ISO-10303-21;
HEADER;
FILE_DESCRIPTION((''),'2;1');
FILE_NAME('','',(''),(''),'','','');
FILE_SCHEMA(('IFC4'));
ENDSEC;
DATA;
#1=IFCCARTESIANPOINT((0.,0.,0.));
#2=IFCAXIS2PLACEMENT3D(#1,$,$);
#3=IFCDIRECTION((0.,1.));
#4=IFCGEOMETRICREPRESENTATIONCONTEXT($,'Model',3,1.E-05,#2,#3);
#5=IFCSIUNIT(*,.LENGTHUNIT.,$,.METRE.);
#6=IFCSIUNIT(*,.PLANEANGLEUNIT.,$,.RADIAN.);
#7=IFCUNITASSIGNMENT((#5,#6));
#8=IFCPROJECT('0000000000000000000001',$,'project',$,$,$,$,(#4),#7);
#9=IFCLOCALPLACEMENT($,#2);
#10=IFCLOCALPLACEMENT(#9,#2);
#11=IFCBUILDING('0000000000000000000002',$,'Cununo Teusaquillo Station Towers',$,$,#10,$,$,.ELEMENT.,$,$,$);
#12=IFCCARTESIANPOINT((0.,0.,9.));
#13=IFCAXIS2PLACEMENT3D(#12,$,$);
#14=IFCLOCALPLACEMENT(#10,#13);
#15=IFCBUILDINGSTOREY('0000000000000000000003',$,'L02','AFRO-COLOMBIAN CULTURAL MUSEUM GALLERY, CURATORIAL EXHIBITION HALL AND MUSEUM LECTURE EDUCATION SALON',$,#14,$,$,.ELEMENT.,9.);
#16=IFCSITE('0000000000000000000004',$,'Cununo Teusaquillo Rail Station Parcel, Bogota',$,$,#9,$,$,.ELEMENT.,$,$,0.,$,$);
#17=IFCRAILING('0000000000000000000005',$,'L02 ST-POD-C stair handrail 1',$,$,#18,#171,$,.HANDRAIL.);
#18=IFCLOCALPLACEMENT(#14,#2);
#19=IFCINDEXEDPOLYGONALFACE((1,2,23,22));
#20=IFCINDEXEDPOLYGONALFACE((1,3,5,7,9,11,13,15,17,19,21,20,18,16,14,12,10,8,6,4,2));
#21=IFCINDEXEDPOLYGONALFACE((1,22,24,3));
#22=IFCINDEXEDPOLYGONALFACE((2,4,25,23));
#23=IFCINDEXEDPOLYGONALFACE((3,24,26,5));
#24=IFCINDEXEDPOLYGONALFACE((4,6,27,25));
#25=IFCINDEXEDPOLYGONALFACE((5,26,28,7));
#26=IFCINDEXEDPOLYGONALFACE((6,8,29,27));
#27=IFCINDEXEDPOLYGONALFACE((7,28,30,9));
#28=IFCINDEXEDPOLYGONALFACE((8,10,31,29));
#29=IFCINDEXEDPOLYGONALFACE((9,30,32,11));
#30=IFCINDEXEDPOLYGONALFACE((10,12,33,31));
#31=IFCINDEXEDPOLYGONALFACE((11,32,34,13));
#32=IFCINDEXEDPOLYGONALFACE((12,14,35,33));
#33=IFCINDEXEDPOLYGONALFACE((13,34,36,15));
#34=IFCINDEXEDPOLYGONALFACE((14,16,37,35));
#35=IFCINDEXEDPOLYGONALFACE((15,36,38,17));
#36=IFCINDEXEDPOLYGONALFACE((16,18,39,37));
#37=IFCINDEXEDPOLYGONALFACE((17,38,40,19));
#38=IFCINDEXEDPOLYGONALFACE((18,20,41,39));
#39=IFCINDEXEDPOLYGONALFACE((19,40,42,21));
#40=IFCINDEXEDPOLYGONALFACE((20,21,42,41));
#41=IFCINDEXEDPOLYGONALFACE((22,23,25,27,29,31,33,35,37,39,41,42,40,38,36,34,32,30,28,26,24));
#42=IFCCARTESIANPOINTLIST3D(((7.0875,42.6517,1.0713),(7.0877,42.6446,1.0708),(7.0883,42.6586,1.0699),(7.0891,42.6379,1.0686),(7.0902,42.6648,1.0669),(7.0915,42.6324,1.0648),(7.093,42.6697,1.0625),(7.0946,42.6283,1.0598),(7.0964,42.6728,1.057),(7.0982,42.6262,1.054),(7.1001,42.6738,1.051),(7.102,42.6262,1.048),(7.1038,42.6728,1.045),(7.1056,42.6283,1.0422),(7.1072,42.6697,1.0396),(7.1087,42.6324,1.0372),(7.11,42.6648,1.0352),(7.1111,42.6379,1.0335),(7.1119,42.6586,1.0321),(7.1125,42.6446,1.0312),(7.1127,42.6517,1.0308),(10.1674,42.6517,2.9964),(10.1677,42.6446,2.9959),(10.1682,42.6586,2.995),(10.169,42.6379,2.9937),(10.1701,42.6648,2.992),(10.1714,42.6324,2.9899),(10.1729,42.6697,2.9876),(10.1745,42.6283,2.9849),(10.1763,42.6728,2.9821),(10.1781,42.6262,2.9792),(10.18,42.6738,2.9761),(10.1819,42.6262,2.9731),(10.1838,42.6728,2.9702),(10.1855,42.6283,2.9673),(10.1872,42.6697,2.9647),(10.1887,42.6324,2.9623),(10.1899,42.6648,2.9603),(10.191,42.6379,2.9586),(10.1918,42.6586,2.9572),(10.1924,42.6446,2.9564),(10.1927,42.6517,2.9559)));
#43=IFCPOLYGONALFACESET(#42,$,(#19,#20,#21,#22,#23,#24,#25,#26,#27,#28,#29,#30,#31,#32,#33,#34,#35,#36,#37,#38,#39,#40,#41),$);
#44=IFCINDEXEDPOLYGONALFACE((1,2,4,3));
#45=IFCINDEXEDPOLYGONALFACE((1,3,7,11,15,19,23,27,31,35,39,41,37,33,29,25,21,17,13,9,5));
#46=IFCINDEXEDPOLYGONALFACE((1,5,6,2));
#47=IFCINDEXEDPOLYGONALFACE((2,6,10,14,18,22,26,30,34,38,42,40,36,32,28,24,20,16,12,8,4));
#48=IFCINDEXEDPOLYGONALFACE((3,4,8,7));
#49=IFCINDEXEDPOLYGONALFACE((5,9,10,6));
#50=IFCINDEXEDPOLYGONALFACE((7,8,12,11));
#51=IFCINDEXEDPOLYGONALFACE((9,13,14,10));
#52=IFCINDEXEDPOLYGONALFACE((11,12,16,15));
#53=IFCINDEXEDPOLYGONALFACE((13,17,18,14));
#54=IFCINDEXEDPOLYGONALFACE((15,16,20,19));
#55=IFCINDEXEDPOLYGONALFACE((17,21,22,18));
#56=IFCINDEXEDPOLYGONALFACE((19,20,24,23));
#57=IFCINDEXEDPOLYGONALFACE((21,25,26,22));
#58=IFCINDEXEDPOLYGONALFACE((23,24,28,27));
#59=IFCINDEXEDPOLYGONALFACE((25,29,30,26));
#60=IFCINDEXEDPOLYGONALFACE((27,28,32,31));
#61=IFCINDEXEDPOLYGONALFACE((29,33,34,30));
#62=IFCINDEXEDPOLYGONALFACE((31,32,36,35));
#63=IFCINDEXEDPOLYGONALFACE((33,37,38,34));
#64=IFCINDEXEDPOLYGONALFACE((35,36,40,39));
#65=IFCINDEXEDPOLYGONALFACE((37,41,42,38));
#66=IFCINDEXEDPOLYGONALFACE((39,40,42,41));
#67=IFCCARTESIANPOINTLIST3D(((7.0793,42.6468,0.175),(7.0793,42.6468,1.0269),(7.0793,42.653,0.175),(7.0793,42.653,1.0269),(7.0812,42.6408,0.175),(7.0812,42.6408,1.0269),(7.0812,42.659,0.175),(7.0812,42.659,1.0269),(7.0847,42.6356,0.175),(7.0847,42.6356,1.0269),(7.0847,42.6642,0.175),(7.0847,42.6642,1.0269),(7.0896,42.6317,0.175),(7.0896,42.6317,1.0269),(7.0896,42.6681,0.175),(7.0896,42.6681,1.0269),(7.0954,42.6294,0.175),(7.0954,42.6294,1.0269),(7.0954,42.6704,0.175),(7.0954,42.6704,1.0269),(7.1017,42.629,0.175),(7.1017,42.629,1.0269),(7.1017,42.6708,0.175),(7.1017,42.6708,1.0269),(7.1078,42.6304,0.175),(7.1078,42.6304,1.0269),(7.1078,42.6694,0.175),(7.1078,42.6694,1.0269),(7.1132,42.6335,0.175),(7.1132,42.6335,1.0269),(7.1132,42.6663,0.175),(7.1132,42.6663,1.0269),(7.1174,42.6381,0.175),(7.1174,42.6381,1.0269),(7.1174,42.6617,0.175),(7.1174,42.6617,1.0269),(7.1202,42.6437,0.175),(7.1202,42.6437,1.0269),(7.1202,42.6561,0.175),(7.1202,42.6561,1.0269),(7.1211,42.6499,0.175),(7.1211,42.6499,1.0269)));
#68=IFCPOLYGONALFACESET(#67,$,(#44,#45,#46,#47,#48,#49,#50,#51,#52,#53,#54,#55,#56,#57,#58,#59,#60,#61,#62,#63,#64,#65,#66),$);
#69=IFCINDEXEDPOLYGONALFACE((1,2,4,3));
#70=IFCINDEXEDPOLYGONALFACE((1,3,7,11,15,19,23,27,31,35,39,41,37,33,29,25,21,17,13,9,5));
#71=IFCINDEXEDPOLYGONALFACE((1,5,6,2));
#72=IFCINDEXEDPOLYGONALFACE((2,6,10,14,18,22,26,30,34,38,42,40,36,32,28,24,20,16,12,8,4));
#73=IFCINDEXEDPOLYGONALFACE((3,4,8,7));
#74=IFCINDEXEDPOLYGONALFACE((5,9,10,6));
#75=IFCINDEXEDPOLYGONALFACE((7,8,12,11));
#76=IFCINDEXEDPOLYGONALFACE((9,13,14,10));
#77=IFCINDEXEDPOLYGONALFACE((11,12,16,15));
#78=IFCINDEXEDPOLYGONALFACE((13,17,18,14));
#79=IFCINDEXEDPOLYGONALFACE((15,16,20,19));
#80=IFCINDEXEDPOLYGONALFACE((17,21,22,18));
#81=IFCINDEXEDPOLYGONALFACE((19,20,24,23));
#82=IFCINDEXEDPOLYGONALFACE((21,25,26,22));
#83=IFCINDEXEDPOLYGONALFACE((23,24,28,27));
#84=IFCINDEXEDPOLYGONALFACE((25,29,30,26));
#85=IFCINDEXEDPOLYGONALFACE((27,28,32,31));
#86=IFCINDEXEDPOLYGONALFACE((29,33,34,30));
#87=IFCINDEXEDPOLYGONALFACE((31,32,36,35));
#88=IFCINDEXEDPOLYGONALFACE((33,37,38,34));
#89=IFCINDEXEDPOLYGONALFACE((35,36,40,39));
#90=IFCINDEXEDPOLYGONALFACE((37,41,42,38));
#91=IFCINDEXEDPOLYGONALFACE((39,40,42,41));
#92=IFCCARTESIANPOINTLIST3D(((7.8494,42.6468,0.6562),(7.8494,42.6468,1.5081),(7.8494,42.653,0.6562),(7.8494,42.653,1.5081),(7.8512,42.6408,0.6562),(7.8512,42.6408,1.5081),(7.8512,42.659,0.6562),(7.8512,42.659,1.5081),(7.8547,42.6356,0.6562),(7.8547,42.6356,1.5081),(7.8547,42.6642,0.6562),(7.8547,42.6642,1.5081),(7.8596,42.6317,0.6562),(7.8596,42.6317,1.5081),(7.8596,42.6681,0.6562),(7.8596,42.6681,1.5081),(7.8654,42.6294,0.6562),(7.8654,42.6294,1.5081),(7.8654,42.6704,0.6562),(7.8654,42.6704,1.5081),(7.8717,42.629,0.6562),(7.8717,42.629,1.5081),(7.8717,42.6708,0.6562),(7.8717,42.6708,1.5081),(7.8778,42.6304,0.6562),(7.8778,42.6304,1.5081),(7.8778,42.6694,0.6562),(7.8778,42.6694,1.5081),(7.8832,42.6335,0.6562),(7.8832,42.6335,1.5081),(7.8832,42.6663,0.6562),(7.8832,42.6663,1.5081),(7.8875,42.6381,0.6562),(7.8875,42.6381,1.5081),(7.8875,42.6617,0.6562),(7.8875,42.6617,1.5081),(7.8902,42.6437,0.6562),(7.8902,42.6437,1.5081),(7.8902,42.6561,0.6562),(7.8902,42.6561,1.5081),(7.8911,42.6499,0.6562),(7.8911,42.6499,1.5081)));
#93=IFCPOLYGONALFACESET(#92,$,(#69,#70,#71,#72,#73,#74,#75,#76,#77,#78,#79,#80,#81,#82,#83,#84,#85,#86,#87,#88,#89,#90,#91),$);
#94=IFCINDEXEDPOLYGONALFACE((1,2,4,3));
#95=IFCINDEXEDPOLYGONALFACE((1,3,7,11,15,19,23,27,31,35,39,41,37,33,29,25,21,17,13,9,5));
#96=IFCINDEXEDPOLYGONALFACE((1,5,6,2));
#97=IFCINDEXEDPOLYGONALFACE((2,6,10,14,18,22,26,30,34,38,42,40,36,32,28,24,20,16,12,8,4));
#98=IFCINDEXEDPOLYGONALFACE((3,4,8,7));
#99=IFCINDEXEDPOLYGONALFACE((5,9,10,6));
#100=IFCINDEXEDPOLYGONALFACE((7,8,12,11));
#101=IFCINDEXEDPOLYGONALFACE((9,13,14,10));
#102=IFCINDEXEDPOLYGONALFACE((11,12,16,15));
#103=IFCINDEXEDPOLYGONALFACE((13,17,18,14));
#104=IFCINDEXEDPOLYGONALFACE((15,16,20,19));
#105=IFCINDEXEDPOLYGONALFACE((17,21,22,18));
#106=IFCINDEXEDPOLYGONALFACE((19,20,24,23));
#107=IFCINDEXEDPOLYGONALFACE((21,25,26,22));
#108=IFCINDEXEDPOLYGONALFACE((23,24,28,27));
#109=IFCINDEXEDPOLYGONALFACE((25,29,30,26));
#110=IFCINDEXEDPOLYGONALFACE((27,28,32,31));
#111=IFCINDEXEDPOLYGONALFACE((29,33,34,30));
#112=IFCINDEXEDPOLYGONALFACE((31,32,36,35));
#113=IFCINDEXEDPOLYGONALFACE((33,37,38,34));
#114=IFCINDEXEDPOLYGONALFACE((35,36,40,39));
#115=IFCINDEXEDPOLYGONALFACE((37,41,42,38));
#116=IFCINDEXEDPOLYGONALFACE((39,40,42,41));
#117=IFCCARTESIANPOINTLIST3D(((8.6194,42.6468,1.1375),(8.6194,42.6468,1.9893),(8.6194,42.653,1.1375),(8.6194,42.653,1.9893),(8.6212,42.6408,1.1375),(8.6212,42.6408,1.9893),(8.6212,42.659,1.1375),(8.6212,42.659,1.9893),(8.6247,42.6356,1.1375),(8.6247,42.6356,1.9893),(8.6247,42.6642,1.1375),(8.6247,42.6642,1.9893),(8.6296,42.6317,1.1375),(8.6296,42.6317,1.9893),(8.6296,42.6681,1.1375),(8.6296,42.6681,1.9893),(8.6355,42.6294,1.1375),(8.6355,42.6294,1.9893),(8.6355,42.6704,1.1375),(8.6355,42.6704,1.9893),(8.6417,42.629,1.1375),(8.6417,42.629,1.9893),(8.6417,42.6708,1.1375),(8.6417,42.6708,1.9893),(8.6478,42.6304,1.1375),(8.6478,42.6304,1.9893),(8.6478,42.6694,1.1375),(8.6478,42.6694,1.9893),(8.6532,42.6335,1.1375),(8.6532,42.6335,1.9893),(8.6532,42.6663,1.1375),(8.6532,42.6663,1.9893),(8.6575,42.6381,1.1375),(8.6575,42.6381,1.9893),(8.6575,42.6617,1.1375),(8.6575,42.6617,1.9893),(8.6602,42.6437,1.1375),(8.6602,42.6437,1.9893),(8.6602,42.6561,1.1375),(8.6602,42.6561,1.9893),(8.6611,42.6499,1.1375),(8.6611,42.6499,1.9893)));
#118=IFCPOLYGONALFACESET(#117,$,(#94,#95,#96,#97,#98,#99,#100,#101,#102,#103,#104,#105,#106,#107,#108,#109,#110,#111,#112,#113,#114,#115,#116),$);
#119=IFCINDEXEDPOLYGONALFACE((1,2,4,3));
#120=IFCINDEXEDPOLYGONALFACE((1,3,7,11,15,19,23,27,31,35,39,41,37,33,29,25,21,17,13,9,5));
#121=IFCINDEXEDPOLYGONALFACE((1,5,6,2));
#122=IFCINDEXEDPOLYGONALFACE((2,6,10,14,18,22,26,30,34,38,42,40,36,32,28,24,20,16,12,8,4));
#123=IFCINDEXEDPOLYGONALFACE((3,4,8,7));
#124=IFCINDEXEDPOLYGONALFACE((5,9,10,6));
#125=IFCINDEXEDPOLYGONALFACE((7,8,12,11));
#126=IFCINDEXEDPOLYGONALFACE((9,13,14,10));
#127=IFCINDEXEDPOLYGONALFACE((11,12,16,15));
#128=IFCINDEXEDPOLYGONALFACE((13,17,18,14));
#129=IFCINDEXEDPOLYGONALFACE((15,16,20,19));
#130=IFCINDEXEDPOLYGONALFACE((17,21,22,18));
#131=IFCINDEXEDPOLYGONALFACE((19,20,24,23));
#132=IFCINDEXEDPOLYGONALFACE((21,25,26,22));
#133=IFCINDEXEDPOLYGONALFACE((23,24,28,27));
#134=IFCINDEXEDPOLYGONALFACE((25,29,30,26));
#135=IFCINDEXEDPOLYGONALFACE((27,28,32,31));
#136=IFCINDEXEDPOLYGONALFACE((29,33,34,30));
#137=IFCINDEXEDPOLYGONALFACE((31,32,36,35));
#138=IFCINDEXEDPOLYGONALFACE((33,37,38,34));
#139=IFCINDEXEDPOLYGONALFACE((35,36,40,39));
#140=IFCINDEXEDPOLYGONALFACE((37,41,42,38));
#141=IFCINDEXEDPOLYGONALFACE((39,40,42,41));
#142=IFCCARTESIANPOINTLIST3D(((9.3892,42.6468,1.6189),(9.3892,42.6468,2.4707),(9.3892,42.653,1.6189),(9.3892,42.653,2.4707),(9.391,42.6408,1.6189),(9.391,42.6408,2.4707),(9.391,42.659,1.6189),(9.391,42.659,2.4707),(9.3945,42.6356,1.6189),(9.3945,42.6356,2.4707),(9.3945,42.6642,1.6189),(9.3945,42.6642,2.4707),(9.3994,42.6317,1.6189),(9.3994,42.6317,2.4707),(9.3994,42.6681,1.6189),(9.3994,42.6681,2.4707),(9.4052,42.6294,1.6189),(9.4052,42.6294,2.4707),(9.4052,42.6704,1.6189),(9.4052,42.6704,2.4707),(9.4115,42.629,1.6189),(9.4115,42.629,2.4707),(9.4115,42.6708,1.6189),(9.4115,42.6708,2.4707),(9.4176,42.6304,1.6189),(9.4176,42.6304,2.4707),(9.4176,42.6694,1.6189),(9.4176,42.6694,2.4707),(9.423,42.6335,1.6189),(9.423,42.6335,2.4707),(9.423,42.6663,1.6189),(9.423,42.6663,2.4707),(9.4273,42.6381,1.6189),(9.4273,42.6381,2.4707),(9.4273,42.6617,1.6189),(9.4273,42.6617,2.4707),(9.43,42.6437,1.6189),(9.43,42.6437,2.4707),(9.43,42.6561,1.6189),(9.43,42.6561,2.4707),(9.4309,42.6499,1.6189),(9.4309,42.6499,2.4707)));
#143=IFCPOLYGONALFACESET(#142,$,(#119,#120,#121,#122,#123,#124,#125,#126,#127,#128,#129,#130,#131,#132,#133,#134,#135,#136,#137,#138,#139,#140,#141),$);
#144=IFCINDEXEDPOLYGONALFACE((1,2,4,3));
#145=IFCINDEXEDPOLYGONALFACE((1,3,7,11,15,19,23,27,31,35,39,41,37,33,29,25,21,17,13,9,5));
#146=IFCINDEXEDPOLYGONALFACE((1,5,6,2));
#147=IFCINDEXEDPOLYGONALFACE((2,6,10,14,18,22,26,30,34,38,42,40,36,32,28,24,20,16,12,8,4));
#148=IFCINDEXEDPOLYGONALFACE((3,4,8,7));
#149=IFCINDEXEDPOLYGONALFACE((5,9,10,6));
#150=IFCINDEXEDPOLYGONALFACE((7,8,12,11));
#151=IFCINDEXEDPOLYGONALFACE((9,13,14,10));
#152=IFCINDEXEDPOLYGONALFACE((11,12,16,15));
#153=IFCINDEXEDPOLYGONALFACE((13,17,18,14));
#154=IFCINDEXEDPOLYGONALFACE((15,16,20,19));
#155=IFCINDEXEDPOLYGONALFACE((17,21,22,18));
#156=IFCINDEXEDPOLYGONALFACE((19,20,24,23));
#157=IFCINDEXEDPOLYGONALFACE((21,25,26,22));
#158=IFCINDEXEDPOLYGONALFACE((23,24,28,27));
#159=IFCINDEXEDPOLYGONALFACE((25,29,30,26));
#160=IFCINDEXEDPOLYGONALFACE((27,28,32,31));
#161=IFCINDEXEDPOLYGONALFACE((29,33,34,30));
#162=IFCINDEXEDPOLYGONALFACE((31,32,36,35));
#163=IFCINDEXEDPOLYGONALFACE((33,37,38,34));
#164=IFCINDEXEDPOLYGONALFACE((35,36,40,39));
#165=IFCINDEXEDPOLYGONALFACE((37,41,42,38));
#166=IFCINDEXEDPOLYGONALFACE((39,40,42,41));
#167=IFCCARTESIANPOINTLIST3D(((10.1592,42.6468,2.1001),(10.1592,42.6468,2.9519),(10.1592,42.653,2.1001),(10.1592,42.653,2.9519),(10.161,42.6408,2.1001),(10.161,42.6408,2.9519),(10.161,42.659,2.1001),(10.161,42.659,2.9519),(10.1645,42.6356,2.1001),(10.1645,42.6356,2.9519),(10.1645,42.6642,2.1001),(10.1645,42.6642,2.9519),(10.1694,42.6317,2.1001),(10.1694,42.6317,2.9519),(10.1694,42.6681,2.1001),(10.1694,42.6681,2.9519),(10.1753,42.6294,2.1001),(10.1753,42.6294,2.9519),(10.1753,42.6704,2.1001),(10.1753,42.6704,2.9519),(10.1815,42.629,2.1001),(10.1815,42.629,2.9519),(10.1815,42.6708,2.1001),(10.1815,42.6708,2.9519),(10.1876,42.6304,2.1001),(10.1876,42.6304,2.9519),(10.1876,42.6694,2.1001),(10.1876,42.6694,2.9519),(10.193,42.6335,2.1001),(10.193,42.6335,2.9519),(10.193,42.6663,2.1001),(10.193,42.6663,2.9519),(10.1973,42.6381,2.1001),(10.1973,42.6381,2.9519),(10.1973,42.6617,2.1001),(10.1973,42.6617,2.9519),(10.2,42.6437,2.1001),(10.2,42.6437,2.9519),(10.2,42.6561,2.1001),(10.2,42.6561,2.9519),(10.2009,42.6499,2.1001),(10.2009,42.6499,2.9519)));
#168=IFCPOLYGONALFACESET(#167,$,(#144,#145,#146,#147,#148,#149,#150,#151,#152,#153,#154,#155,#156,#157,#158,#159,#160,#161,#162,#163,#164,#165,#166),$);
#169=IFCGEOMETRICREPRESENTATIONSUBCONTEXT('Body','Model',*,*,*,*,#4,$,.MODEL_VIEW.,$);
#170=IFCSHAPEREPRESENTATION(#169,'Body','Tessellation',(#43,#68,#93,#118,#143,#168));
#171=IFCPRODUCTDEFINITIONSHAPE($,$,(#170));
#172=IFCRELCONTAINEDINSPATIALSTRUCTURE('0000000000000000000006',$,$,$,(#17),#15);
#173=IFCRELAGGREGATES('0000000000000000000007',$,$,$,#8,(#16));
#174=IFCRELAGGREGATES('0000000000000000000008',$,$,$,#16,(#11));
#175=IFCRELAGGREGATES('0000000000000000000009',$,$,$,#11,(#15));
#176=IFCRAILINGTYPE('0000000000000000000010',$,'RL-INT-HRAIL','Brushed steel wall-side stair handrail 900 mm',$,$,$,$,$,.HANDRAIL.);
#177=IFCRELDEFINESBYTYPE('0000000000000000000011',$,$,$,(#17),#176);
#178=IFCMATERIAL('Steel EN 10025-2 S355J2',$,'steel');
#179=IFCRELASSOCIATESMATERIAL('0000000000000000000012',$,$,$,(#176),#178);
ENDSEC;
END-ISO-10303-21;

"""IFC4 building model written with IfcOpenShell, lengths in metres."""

from ifc_helpers import new_model, si_unit, direction, frame, origin, origin_2d, place, context, subcontext, project, spatial, circle, extrude, material, type_object, element, save


model = new_model("IFC4")

# Units and contexts
model_context = context("Model", 3, precision=1e-05, world=origin(), true_north=direction((0.0, 1.0)))
body_context = subcontext(model_context, "Body", "Model", "MODEL_VIEW")
ifc_project = project(units=[si_unit("LENGTHUNIT", "METRE"), si_unit("PLANEANGLEUNIT", "RADIAN")], contexts=[model_context])

# Site, building, storey
site_placement = place(None, origin())
site = spatial("IfcSite", under=ifc_project, at=site_placement, Name="Cununo Teusaquillo Rail Station Parcel, Bogota", CompositionType="ELEMENT", RefElevation=0.0)
building_placement = place(site_placement, origin())
building = spatial("IfcBuilding", under=site, at=building_placement, Name="Cununo Teusaquillo Station Towers", CompositionType="ELEMENT")
storey_placement = place(building_placement, frame((0.0, 0.0, 9.0)))
storey = spatial("IfcBuildingStorey", under=building, at=storey_placement, Name="L02", Description="AFRO-COLOMBIAN CULTURAL MUSEUM GALLERY, CURATORIAL EXHIBITION HALL AND MUSEUM LECTURE EDUCATION SALON", CompositionType="ELEMENT", Elevation=9.0)

# Railing
ifc_material_1 = material(Name="Steel EN 10025-2 S355J2", Category="steel")
railing_type_1 = type_object("IfcRailingType", Name="RL-INT-HRAIL", Description="Brushed steel wall-side stair handrail 900 mm", PredefinedType="HANDRAIL", material=ifc_material_1)
railing_1_placement = place(storey_placement, frame((7.1001, 42.6499, 0.175)))
element("IfcRailing", 1, at=railing_1_placement, inside=storey, type_object=railing_type_1, Name="L02 ST-POD-C stair handrail 1", PredefinedType="HANDRAIL", context=body_context, shape_type="SweptSolid", body=[
    extrude(circle(Radius=0.0239, at=origin_2d()), frame((0.0, 0.0, 0.876), z_axis=(0.847979, 0.0, 0.530029), x_axis=(0.0, 1.0, 0.0)), (0.0, 0.0, 1.0), 3.6321),
    extrude(circle(Radius=0.021, at=origin_2d()), origin(), (0.0, 0.0, 1.0), 0.8518),
    extrude(circle(Radius=0.021, at=origin_2d()), frame((0.77, 0.0, 0.4812)), (0.0, 0.0, 1.0), 0.8518),
    extrude(circle(Radius=0.021, at=origin_2d()), frame((1.54, 0.0, 0.9624)), (0.0, 0.0, 1.0), 0.8518),
    extrude(circle(Radius=0.021, at=origin_2d()), frame((2.3098, 0.0, 1.4438)), (0.0, 0.0, 1.0), 0.8518),
    extrude(circle(Radius=0.021, at=origin_2d()), frame((3.0798, 0.0, 1.925)), (0.0, 0.0, 1.0), 0.8518),
])

save(model, "model.ifc")
